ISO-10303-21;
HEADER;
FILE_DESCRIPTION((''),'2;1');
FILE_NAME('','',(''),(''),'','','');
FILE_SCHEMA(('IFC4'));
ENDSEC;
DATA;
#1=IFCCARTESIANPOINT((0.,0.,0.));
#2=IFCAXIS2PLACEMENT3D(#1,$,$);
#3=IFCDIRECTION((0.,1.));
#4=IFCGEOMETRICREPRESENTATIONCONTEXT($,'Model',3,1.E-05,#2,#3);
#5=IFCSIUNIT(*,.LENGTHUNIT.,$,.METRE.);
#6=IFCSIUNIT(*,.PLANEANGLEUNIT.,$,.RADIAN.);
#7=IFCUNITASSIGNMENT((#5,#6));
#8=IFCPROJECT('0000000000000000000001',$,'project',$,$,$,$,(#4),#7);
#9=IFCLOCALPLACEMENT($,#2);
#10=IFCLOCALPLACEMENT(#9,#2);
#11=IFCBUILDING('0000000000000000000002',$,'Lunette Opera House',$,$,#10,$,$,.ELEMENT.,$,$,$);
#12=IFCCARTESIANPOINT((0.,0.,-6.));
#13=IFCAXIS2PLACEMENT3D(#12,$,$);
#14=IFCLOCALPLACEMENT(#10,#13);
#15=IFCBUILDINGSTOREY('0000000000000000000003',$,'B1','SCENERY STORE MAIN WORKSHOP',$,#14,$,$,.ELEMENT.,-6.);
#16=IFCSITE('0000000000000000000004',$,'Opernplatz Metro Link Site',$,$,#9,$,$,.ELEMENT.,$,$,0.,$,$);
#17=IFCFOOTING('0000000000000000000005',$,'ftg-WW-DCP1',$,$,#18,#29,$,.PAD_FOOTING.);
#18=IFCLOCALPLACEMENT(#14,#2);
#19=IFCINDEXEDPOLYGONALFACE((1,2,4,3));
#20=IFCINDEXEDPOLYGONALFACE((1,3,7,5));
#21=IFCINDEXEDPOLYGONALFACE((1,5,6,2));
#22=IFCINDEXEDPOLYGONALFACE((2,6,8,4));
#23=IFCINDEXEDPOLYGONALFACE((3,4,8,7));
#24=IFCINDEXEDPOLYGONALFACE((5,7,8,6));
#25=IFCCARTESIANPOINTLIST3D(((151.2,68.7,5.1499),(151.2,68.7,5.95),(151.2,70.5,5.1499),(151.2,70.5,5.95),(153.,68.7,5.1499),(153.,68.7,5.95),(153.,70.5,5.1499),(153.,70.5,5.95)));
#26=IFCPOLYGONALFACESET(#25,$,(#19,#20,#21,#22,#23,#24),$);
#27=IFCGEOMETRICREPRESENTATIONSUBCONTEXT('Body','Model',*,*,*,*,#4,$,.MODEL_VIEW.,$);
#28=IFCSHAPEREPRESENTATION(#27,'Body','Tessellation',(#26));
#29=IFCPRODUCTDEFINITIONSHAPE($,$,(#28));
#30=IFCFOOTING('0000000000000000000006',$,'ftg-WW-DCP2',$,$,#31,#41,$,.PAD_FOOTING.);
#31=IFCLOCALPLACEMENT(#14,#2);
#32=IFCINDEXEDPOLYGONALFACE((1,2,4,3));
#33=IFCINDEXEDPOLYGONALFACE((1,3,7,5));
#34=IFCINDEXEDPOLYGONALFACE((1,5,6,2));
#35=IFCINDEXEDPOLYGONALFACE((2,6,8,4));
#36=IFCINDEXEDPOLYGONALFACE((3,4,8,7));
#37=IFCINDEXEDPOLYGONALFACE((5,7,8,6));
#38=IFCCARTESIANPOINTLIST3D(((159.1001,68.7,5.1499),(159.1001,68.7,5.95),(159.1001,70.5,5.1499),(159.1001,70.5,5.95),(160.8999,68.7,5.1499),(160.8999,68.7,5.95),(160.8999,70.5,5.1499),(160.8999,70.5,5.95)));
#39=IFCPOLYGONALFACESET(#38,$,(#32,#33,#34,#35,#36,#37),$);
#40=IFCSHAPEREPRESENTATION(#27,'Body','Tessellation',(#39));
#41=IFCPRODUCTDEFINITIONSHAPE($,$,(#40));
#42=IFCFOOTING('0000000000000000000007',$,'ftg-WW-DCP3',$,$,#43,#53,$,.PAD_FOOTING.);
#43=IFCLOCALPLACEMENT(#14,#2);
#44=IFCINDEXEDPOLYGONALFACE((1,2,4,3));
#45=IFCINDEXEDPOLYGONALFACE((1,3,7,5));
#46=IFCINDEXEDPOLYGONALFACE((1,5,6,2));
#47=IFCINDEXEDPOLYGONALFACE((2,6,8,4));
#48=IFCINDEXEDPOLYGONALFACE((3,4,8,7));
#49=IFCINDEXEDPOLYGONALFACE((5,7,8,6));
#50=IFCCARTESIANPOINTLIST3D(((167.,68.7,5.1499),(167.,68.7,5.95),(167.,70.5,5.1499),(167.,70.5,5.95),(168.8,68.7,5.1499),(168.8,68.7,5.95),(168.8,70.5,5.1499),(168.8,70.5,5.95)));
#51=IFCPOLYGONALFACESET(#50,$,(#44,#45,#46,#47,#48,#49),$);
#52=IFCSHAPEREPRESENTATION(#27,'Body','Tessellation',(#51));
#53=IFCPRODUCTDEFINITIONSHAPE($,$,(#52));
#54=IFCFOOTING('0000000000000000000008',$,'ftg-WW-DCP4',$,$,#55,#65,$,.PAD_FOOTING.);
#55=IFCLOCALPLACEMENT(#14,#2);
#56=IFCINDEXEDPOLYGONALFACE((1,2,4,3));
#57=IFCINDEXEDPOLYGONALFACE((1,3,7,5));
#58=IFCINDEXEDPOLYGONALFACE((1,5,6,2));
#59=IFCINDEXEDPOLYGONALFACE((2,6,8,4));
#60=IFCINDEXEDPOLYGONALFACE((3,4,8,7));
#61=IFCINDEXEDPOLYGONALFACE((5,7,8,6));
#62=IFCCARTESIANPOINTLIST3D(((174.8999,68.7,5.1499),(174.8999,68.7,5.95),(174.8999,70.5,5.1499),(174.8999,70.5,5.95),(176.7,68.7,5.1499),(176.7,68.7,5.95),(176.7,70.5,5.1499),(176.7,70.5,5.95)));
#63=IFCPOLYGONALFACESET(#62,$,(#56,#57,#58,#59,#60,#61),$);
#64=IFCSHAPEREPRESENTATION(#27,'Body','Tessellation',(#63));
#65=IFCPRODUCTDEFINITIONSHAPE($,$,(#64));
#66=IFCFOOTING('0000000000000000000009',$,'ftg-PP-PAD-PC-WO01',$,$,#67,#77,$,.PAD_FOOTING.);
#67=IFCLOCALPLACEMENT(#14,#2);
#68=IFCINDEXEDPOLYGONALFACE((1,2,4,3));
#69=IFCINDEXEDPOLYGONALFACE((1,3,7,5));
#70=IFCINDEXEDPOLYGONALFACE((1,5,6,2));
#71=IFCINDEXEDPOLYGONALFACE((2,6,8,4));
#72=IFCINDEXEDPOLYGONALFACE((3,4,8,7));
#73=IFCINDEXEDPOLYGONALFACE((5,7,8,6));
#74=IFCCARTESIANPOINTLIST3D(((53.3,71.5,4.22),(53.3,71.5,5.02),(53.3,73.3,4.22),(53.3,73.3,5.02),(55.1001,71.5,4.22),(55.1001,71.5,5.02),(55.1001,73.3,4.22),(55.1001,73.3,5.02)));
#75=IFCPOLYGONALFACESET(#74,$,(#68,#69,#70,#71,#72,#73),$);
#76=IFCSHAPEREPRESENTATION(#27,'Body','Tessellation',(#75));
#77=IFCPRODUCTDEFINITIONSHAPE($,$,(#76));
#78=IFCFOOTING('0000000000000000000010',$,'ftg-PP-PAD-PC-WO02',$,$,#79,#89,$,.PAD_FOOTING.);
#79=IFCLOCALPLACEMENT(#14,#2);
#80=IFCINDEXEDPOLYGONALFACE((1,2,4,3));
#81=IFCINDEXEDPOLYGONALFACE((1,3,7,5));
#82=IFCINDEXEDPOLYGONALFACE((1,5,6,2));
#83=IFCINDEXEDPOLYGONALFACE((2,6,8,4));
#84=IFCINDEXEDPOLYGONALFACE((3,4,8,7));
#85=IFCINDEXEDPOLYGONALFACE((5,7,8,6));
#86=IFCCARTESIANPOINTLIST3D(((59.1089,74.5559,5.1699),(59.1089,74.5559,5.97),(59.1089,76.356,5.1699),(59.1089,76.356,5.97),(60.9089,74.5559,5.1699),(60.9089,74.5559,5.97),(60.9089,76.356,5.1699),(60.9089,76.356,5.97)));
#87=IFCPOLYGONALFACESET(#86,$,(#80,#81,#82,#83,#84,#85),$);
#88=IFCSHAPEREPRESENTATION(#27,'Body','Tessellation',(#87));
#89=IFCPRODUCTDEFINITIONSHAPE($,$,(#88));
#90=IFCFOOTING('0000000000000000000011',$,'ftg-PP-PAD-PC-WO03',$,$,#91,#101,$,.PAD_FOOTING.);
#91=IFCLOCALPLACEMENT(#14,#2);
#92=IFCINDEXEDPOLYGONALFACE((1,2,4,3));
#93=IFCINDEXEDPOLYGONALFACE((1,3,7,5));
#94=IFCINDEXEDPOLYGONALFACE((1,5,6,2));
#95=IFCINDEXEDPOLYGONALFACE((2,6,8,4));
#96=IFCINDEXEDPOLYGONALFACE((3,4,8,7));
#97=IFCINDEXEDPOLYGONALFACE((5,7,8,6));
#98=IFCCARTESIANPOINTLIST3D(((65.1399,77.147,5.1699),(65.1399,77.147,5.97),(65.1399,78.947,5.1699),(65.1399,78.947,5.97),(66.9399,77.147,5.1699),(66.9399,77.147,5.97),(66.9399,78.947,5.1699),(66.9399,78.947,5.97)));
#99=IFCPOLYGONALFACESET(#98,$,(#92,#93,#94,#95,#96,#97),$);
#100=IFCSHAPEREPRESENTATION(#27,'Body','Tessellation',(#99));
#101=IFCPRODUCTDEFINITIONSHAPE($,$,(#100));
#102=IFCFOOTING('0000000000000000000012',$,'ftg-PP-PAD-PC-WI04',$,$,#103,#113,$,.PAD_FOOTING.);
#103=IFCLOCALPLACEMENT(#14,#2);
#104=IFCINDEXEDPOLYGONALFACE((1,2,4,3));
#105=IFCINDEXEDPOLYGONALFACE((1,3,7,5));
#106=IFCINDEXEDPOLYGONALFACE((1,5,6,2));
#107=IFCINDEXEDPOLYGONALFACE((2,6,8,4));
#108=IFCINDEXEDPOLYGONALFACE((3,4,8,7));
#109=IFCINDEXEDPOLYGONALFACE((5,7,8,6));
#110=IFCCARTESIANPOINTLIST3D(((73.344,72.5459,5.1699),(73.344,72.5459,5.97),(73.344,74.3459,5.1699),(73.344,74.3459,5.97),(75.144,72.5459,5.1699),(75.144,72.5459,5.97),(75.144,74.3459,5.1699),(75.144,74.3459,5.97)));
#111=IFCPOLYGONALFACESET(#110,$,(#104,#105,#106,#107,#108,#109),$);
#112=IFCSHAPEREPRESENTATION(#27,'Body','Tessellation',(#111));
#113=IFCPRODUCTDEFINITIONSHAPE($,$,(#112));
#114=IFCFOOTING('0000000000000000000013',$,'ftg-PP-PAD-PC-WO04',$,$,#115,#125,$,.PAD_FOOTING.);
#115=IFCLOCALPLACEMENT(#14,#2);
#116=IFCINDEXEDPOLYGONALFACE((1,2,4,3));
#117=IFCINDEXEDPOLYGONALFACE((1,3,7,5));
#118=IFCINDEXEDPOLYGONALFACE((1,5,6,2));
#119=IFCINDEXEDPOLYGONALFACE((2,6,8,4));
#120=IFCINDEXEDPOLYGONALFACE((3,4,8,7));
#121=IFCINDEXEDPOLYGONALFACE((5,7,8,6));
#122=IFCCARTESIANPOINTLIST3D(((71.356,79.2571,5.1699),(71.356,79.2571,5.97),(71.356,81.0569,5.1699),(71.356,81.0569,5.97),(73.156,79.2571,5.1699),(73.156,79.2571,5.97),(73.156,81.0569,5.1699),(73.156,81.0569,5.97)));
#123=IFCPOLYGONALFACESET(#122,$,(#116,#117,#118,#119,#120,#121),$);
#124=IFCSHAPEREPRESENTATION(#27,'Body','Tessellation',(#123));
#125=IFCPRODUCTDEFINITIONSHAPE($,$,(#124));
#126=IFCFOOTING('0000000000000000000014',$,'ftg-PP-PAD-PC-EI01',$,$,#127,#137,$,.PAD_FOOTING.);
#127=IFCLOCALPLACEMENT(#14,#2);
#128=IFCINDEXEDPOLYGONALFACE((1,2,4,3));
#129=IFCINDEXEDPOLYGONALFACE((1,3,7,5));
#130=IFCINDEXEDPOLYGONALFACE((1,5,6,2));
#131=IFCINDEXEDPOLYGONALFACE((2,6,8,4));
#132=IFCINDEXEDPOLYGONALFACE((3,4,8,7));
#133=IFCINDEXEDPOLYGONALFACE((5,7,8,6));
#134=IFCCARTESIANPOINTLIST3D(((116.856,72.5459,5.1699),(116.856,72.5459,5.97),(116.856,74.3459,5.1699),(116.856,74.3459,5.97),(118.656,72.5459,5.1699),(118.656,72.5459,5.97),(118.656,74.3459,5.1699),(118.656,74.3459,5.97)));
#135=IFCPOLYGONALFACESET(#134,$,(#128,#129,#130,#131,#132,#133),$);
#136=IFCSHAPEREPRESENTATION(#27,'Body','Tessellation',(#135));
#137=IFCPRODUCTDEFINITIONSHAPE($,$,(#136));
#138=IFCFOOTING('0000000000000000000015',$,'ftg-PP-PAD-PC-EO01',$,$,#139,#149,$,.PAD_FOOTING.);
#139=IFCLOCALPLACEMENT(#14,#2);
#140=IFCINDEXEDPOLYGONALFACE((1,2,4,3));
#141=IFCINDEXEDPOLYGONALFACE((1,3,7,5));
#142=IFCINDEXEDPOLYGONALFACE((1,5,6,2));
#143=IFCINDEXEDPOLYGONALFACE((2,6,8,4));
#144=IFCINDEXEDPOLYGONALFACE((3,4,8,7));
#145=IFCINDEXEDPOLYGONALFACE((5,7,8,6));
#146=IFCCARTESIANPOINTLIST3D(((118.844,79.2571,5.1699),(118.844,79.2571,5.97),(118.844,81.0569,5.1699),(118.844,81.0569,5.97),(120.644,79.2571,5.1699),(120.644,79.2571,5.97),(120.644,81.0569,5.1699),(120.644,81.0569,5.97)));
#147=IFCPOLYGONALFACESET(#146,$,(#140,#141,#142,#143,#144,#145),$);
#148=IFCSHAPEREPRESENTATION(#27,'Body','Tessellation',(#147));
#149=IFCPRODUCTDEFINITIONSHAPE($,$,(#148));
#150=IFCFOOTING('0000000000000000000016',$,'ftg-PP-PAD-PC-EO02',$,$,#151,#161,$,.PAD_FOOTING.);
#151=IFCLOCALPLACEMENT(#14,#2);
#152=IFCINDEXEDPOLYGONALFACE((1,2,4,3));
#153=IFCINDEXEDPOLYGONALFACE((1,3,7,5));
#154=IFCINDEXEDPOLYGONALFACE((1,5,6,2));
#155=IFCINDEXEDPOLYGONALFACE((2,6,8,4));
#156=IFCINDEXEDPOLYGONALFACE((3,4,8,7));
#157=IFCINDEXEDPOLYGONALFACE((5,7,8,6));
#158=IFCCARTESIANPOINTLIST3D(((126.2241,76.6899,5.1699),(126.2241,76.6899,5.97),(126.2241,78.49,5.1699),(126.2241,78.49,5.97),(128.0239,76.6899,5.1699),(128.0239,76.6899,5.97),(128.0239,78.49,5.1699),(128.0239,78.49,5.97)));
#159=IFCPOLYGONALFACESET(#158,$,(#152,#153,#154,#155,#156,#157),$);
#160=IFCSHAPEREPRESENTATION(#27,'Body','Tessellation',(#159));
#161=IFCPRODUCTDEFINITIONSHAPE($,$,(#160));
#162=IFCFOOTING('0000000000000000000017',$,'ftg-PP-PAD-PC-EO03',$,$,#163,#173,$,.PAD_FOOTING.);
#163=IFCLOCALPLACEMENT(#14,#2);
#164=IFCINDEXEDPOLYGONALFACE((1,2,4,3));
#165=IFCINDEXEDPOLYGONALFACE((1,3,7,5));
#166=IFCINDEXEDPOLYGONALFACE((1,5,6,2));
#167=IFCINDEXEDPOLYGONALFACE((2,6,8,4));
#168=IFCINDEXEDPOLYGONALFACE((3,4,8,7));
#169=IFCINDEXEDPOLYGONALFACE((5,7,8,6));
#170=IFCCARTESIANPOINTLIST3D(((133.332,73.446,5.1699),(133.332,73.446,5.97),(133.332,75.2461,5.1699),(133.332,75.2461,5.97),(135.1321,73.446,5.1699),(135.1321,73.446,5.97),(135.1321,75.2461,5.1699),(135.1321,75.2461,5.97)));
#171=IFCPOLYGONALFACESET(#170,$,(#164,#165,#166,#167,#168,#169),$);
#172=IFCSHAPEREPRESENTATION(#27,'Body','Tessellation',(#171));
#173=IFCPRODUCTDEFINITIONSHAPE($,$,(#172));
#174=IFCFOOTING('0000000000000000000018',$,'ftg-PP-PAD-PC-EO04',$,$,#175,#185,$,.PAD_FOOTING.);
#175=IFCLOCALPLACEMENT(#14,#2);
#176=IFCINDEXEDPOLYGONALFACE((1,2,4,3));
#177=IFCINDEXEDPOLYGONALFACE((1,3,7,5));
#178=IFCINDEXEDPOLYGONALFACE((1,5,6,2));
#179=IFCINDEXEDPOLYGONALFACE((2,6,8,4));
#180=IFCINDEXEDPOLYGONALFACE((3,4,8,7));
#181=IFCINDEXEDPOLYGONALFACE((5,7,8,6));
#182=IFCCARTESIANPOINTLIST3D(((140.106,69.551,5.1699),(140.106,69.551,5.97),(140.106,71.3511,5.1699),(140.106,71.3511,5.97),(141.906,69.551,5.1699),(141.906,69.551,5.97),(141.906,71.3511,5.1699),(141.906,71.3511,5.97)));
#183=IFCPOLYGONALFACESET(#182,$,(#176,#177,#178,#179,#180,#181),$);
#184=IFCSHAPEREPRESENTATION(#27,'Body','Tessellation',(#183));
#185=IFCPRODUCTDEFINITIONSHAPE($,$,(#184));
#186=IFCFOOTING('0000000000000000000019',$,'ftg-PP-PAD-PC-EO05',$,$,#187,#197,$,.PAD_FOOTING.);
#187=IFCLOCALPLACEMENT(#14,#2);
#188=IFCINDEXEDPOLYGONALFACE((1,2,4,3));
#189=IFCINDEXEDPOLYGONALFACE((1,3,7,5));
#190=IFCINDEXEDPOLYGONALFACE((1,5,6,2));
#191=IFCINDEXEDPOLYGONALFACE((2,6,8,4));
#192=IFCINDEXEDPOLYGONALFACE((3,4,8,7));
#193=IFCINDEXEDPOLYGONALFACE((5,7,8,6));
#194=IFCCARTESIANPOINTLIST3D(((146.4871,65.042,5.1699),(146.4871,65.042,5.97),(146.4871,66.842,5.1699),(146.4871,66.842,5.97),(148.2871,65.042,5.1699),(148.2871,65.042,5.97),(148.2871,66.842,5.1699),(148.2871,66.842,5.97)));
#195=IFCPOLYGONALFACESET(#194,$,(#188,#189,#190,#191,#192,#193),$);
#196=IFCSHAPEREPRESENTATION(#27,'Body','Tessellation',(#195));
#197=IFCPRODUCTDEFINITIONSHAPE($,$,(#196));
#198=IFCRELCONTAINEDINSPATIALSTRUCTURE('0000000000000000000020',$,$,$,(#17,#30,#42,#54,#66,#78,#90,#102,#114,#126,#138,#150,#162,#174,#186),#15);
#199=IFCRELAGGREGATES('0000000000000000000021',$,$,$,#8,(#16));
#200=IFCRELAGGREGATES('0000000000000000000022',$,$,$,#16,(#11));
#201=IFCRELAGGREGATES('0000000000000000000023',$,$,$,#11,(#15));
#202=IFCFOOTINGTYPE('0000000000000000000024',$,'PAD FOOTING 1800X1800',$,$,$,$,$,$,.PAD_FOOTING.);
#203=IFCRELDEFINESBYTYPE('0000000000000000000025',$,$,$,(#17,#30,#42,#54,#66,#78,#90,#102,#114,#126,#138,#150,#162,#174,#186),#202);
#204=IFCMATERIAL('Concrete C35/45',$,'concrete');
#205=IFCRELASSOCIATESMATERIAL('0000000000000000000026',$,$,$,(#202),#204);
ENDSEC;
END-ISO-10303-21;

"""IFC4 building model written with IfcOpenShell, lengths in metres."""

from ifc_helpers import new_model, si_unit, direction, frame, origin, place, context, subcontext, project, spatial, polyline, outline, extrude, material, type_object, element, save


model = new_model("IFC4")

# Units and contexts
model_context = context("Model", 3, precision=1e-05, world=origin(), true_north=direction((0.0, 1.0)))
body_context = subcontext(model_context, "Body", "Model", "MODEL_VIEW")
ifc_project = project(units=[si_unit("LENGTHUNIT", "METRE"), si_unit("PLANEANGLEUNIT", "RADIAN")], contexts=[model_context])

# Site, building, storey
site_placement = place(None, origin())
site = spatial("IfcSite", under=ifc_project, at=site_placement, Name="Opernplatz Metro Link Site", CompositionType="ELEMENT", RefElevation=0.0)
building_placement = place(site_placement, origin())
building = spatial("IfcBuilding", under=site, at=building_placement, Name="Lunette Opera House", CompositionType="ELEMENT")
storey_placement = place(building_placement, frame((0.0, 0.0, -6.0)))
storey = spatial("IfcBuildingStorey", under=building, at=storey_placement, Name="B1", Description="SCENERY STORE MAIN WORKSHOP", CompositionType="ELEMENT", Elevation=-6.0)

# Footings
ifc_material_1 = material(Name="Concrete C35/45", Category="concrete")
footing_type_1 = type_object("IfcFootingType", Name="PAD FOOTING 1800X1800", PredefinedType="PAD_FOOTING", material=ifc_material_1)
footing_1_placement = place(storey_placement, frame((0.0, 0.0, 5.1499)))
element("IfcFooting", 1, at=footing_1_placement, inside=storey, type_object=footing_type_1, Name="ftg-WW-DCP1", PredefinedType="PAD_FOOTING", context=body_context, shape_type="SweptSolid", body=[
    extrude(outline(polyline([(153.0, 68.7), (153.0, 70.5), (151.2, 70.5), (151.2, 68.7), (153.0, 68.7)])), origin(), (0.0, 0.0, 1.0), 0.8),
])
footing_2_placement = place(storey_placement, frame((0.0, 0.0, 5.1499)))
element("IfcFooting", 2, at=footing_2_placement, inside=storey, type_object=footing_type_1, Name="ftg-WW-DCP2", PredefinedType="PAD_FOOTING", context=body_context, shape_type="SweptSolid", body=[
    extrude(outline(polyline([(160.8999, 68.7), (160.8999, 70.5), (159.1001, 70.5), (159.1001, 68.7), (160.8999, 68.7)])), origin(), (0.0, 0.0, 1.0), 0.8),
])
footing_3_placement = place(storey_placement, frame((0.0, 0.0, 5.1499)))
element("IfcFooting", 3, at=footing_3_placement, inside=storey, type_object=footing_type_1, Name="ftg-WW-DCP3", PredefinedType="PAD_FOOTING", context=body_context, shape_type="SweptSolid", body=[
    extrude(outline(polyline([(168.8, 68.7), (168.8, 70.5), (167.0, 70.5), (167.0, 68.7), (168.8, 68.7)])), origin(), (0.0, 0.0, 1.0), 0.8),
])
footing_4_placement = place(storey_placement, frame((0.0, 0.0, 5.1499)))
element("IfcFooting", 4, at=footing_4_placement, inside=storey, type_object=footing_type_1, Name="ftg-WW-DCP4", PredefinedType="PAD_FOOTING", context=body_context, shape_type="SweptSolid", body=[
    extrude(outline(polyline([(176.7, 68.7), (176.7, 70.5), (174.8999, 70.5), (174.8999, 68.7), (176.7, 68.7)])), origin(), (0.0, 0.0, 1.0), 0.8),
])
footing_5_placement = place(storey_placement, frame((0.0, 0.0, 4.22)))
element("IfcFooting", 5, at=footing_5_placement, inside=storey, type_object=footing_type_1, Name="ftg-PP-PAD-PC-WO01", PredefinedType="PAD_FOOTING", context=body_context, shape_type="SweptSolid", body=[
    extrude(outline(polyline([(55.1001, 71.5), (55.1001, 73.3), (53.3, 73.3), (53.3, 71.5), (55.1001, 71.5)])), origin(), (0.0, 0.0, 1.0), 0.8),
])
footing_6_placement = place(storey_placement, frame((0.0, 0.0, 5.1699)))
element("IfcFooting", 6, at=footing_6_placement, inside=storey, type_object=footing_type_1, Name="ftg-PP-PAD-PC-WO02", PredefinedType="PAD_FOOTING", context=body_context, shape_type="SweptSolid", body=[
    extrude(outline(polyline([(60.9089, 74.5559), (60.9089, 76.356), (59.1089, 76.356), (59.1089, 74.5559), (60.9089, 74.5559)])), origin(), (0.0, 0.0, 1.0), 0.8),
])
footing_7_placement = place(storey_placement, frame((0.0, 0.0, 5.1699)))
element("IfcFooting", 7, at=footing_7_placement, inside=storey, type_object=footing_type_1, Name="ftg-PP-PAD-PC-WO03", PredefinedType="PAD_FOOTING", context=body_context, shape_type="SweptSolid", body=[
    extrude(outline(polyline([(66.9399, 77.147), (66.9399, 78.947), (65.1399, 78.947), (65.1399, 77.147), (66.9399, 77.147)])), origin(), (0.0, 0.0, 1.0), 0.8),
])
footing_8_placement = place(storey_placement, frame((0.0, 0.0, 5.1699)))
element("IfcFooting", 8, at=footing_8_placement, inside=storey, type_object=footing_type_1, Name="ftg-PP-PAD-PC-WI04", PredefinedType="PAD_FOOTING", context=body_context, shape_type="SweptSolid", body=[
    extrude(outline(polyline([(75.144, 72.5459), (75.144, 74.3459), (73.344, 74.3459), (73.344, 72.5459), (75.144, 72.5459)])), origin(), (0.0, 0.0, 1.0), 0.8),
])
footing_9_placement = place(storey_placement, frame((0.0, 0.0, 5.1699)))
element("IfcFooting", 9, at=footing_9_placement, inside=storey, type_object=footing_type_1, Name="ftg-PP-PAD-PC-WO04", PredefinedType="PAD_FOOTING", context=body_context, shape_type="SweptSolid", body=[
    extrude(outline(polyline([(73.156, 79.2571), (73.156, 81.0569), (71.356, 81.0569), (71.356, 79.2571), (73.156, 79.2571)])), origin(), (0.0, 0.0, 1.0), 0.8),
])
footing_10_placement = place(storey_placement, frame((0.0, 0.0, 5.1699)))
element("IfcFooting", 10, at=footing_10_placement, inside=storey, type_object=footing_type_1, Name="ftg-PP-PAD-PC-EI01", PredefinedType="PAD_FOOTING", context=body_context, shape_type="SweptSolid", body=[
    extrude(outline(polyline([(118.656, 72.5459), (118.656, 74.3459), (116.856, 74.3459), (116.856, 72.5459), (118.656, 72.5459)])), origin(), (0.0, 0.0, 1.0), 0.8),
])
footing_11_placement = place(storey_placement, frame((0.0, 0.0, 5.1699)))
element("IfcFooting", 11, at=footing_11_placement, inside=storey, type_object=footing_type_1, Name="ftg-PP-PAD-PC-EO01", PredefinedType="PAD_FOOTING", context=body_context, shape_type="SweptSolid", body=[
    extrude(outline(polyline([(120.644, 79.2571), (120.644, 81.0569), (118.844, 81.0569), (118.844, 79.2571), (120.644, 79.2571)])), origin(), (0.0, 0.0, 1.0), 0.8),
])
footing_12_placement = place(storey_placement, frame((0.0, 0.0, 5.1699)))
element("IfcFooting", 12, at=footing_12_placement, inside=storey, type_object=footing_type_1, Name="ftg-PP-PAD-PC-EO02", PredefinedType="PAD_FOOTING", context=body_context, shape_type="SweptSolid", body=[
    extrude(outline(polyline([(128.0239, 76.6899), (128.0239, 78.49), (126.2241, 78.49), (126.2241, 76.6899), (128.0239, 76.6899)])), origin(), (0.0, 0.0, 1.0), 0.8),
])
footing_13_placement = place(storey_placement, frame((0.0, 0.0, 5.1699)))
element("IfcFooting", 13, at=footing_13_placement, inside=storey, type_object=footing_type_1, Name="ftg-PP-PAD-PC-EO03", PredefinedType="PAD_FOOTING", context=body_context, shape_type="SweptSolid", body=[
    extrude(outline(polyline([(135.1321, 73.446), (135.1321, 75.2461), (133.332, 75.2461), (133.332, 73.446), (135.1321, 73.446)])), origin(), (0.0, 0.0, 1.0), 0.8),
])
footing_14_placement = place(storey_placement, frame((0.0, 0.0, 5.1699)))
element("IfcFooting", 14, at=footing_14_placement, inside=storey, type_object=footing_type_1, Name="ftg-PP-PAD-PC-EO04", PredefinedType="PAD_FOOTING", context=body_context, shape_type="SweptSolid", body=[
    extrude(outline(polyline([(141.906, 69.551), (141.906, 71.3511), (140.106, 71.3511), (140.106, 69.551), (141.906, 69.551)])), origin(), (0.0, 0.0, 1.0), 0.8),
])
footing_15_placement = place(storey_placement, frame((0.0, 0.0, 5.1699)))
element("IfcFooting", 15, at=footing_15_placement, inside=storey, type_object=footing_type_1, Name="ftg-PP-PAD-PC-EO05", PredefinedType="PAD_FOOTING", context=body_context, shape_type="SweptSolid", body=[
    extrude(outline(polyline([(148.2871, 65.042), (148.2871, 66.842), (146.4871, 66.842), (146.4871, 65.042), (148.2871, 65.042)])), origin(), (0.0, 0.0, 1.0), 0.8),
])

save(model, "model.ifc")
